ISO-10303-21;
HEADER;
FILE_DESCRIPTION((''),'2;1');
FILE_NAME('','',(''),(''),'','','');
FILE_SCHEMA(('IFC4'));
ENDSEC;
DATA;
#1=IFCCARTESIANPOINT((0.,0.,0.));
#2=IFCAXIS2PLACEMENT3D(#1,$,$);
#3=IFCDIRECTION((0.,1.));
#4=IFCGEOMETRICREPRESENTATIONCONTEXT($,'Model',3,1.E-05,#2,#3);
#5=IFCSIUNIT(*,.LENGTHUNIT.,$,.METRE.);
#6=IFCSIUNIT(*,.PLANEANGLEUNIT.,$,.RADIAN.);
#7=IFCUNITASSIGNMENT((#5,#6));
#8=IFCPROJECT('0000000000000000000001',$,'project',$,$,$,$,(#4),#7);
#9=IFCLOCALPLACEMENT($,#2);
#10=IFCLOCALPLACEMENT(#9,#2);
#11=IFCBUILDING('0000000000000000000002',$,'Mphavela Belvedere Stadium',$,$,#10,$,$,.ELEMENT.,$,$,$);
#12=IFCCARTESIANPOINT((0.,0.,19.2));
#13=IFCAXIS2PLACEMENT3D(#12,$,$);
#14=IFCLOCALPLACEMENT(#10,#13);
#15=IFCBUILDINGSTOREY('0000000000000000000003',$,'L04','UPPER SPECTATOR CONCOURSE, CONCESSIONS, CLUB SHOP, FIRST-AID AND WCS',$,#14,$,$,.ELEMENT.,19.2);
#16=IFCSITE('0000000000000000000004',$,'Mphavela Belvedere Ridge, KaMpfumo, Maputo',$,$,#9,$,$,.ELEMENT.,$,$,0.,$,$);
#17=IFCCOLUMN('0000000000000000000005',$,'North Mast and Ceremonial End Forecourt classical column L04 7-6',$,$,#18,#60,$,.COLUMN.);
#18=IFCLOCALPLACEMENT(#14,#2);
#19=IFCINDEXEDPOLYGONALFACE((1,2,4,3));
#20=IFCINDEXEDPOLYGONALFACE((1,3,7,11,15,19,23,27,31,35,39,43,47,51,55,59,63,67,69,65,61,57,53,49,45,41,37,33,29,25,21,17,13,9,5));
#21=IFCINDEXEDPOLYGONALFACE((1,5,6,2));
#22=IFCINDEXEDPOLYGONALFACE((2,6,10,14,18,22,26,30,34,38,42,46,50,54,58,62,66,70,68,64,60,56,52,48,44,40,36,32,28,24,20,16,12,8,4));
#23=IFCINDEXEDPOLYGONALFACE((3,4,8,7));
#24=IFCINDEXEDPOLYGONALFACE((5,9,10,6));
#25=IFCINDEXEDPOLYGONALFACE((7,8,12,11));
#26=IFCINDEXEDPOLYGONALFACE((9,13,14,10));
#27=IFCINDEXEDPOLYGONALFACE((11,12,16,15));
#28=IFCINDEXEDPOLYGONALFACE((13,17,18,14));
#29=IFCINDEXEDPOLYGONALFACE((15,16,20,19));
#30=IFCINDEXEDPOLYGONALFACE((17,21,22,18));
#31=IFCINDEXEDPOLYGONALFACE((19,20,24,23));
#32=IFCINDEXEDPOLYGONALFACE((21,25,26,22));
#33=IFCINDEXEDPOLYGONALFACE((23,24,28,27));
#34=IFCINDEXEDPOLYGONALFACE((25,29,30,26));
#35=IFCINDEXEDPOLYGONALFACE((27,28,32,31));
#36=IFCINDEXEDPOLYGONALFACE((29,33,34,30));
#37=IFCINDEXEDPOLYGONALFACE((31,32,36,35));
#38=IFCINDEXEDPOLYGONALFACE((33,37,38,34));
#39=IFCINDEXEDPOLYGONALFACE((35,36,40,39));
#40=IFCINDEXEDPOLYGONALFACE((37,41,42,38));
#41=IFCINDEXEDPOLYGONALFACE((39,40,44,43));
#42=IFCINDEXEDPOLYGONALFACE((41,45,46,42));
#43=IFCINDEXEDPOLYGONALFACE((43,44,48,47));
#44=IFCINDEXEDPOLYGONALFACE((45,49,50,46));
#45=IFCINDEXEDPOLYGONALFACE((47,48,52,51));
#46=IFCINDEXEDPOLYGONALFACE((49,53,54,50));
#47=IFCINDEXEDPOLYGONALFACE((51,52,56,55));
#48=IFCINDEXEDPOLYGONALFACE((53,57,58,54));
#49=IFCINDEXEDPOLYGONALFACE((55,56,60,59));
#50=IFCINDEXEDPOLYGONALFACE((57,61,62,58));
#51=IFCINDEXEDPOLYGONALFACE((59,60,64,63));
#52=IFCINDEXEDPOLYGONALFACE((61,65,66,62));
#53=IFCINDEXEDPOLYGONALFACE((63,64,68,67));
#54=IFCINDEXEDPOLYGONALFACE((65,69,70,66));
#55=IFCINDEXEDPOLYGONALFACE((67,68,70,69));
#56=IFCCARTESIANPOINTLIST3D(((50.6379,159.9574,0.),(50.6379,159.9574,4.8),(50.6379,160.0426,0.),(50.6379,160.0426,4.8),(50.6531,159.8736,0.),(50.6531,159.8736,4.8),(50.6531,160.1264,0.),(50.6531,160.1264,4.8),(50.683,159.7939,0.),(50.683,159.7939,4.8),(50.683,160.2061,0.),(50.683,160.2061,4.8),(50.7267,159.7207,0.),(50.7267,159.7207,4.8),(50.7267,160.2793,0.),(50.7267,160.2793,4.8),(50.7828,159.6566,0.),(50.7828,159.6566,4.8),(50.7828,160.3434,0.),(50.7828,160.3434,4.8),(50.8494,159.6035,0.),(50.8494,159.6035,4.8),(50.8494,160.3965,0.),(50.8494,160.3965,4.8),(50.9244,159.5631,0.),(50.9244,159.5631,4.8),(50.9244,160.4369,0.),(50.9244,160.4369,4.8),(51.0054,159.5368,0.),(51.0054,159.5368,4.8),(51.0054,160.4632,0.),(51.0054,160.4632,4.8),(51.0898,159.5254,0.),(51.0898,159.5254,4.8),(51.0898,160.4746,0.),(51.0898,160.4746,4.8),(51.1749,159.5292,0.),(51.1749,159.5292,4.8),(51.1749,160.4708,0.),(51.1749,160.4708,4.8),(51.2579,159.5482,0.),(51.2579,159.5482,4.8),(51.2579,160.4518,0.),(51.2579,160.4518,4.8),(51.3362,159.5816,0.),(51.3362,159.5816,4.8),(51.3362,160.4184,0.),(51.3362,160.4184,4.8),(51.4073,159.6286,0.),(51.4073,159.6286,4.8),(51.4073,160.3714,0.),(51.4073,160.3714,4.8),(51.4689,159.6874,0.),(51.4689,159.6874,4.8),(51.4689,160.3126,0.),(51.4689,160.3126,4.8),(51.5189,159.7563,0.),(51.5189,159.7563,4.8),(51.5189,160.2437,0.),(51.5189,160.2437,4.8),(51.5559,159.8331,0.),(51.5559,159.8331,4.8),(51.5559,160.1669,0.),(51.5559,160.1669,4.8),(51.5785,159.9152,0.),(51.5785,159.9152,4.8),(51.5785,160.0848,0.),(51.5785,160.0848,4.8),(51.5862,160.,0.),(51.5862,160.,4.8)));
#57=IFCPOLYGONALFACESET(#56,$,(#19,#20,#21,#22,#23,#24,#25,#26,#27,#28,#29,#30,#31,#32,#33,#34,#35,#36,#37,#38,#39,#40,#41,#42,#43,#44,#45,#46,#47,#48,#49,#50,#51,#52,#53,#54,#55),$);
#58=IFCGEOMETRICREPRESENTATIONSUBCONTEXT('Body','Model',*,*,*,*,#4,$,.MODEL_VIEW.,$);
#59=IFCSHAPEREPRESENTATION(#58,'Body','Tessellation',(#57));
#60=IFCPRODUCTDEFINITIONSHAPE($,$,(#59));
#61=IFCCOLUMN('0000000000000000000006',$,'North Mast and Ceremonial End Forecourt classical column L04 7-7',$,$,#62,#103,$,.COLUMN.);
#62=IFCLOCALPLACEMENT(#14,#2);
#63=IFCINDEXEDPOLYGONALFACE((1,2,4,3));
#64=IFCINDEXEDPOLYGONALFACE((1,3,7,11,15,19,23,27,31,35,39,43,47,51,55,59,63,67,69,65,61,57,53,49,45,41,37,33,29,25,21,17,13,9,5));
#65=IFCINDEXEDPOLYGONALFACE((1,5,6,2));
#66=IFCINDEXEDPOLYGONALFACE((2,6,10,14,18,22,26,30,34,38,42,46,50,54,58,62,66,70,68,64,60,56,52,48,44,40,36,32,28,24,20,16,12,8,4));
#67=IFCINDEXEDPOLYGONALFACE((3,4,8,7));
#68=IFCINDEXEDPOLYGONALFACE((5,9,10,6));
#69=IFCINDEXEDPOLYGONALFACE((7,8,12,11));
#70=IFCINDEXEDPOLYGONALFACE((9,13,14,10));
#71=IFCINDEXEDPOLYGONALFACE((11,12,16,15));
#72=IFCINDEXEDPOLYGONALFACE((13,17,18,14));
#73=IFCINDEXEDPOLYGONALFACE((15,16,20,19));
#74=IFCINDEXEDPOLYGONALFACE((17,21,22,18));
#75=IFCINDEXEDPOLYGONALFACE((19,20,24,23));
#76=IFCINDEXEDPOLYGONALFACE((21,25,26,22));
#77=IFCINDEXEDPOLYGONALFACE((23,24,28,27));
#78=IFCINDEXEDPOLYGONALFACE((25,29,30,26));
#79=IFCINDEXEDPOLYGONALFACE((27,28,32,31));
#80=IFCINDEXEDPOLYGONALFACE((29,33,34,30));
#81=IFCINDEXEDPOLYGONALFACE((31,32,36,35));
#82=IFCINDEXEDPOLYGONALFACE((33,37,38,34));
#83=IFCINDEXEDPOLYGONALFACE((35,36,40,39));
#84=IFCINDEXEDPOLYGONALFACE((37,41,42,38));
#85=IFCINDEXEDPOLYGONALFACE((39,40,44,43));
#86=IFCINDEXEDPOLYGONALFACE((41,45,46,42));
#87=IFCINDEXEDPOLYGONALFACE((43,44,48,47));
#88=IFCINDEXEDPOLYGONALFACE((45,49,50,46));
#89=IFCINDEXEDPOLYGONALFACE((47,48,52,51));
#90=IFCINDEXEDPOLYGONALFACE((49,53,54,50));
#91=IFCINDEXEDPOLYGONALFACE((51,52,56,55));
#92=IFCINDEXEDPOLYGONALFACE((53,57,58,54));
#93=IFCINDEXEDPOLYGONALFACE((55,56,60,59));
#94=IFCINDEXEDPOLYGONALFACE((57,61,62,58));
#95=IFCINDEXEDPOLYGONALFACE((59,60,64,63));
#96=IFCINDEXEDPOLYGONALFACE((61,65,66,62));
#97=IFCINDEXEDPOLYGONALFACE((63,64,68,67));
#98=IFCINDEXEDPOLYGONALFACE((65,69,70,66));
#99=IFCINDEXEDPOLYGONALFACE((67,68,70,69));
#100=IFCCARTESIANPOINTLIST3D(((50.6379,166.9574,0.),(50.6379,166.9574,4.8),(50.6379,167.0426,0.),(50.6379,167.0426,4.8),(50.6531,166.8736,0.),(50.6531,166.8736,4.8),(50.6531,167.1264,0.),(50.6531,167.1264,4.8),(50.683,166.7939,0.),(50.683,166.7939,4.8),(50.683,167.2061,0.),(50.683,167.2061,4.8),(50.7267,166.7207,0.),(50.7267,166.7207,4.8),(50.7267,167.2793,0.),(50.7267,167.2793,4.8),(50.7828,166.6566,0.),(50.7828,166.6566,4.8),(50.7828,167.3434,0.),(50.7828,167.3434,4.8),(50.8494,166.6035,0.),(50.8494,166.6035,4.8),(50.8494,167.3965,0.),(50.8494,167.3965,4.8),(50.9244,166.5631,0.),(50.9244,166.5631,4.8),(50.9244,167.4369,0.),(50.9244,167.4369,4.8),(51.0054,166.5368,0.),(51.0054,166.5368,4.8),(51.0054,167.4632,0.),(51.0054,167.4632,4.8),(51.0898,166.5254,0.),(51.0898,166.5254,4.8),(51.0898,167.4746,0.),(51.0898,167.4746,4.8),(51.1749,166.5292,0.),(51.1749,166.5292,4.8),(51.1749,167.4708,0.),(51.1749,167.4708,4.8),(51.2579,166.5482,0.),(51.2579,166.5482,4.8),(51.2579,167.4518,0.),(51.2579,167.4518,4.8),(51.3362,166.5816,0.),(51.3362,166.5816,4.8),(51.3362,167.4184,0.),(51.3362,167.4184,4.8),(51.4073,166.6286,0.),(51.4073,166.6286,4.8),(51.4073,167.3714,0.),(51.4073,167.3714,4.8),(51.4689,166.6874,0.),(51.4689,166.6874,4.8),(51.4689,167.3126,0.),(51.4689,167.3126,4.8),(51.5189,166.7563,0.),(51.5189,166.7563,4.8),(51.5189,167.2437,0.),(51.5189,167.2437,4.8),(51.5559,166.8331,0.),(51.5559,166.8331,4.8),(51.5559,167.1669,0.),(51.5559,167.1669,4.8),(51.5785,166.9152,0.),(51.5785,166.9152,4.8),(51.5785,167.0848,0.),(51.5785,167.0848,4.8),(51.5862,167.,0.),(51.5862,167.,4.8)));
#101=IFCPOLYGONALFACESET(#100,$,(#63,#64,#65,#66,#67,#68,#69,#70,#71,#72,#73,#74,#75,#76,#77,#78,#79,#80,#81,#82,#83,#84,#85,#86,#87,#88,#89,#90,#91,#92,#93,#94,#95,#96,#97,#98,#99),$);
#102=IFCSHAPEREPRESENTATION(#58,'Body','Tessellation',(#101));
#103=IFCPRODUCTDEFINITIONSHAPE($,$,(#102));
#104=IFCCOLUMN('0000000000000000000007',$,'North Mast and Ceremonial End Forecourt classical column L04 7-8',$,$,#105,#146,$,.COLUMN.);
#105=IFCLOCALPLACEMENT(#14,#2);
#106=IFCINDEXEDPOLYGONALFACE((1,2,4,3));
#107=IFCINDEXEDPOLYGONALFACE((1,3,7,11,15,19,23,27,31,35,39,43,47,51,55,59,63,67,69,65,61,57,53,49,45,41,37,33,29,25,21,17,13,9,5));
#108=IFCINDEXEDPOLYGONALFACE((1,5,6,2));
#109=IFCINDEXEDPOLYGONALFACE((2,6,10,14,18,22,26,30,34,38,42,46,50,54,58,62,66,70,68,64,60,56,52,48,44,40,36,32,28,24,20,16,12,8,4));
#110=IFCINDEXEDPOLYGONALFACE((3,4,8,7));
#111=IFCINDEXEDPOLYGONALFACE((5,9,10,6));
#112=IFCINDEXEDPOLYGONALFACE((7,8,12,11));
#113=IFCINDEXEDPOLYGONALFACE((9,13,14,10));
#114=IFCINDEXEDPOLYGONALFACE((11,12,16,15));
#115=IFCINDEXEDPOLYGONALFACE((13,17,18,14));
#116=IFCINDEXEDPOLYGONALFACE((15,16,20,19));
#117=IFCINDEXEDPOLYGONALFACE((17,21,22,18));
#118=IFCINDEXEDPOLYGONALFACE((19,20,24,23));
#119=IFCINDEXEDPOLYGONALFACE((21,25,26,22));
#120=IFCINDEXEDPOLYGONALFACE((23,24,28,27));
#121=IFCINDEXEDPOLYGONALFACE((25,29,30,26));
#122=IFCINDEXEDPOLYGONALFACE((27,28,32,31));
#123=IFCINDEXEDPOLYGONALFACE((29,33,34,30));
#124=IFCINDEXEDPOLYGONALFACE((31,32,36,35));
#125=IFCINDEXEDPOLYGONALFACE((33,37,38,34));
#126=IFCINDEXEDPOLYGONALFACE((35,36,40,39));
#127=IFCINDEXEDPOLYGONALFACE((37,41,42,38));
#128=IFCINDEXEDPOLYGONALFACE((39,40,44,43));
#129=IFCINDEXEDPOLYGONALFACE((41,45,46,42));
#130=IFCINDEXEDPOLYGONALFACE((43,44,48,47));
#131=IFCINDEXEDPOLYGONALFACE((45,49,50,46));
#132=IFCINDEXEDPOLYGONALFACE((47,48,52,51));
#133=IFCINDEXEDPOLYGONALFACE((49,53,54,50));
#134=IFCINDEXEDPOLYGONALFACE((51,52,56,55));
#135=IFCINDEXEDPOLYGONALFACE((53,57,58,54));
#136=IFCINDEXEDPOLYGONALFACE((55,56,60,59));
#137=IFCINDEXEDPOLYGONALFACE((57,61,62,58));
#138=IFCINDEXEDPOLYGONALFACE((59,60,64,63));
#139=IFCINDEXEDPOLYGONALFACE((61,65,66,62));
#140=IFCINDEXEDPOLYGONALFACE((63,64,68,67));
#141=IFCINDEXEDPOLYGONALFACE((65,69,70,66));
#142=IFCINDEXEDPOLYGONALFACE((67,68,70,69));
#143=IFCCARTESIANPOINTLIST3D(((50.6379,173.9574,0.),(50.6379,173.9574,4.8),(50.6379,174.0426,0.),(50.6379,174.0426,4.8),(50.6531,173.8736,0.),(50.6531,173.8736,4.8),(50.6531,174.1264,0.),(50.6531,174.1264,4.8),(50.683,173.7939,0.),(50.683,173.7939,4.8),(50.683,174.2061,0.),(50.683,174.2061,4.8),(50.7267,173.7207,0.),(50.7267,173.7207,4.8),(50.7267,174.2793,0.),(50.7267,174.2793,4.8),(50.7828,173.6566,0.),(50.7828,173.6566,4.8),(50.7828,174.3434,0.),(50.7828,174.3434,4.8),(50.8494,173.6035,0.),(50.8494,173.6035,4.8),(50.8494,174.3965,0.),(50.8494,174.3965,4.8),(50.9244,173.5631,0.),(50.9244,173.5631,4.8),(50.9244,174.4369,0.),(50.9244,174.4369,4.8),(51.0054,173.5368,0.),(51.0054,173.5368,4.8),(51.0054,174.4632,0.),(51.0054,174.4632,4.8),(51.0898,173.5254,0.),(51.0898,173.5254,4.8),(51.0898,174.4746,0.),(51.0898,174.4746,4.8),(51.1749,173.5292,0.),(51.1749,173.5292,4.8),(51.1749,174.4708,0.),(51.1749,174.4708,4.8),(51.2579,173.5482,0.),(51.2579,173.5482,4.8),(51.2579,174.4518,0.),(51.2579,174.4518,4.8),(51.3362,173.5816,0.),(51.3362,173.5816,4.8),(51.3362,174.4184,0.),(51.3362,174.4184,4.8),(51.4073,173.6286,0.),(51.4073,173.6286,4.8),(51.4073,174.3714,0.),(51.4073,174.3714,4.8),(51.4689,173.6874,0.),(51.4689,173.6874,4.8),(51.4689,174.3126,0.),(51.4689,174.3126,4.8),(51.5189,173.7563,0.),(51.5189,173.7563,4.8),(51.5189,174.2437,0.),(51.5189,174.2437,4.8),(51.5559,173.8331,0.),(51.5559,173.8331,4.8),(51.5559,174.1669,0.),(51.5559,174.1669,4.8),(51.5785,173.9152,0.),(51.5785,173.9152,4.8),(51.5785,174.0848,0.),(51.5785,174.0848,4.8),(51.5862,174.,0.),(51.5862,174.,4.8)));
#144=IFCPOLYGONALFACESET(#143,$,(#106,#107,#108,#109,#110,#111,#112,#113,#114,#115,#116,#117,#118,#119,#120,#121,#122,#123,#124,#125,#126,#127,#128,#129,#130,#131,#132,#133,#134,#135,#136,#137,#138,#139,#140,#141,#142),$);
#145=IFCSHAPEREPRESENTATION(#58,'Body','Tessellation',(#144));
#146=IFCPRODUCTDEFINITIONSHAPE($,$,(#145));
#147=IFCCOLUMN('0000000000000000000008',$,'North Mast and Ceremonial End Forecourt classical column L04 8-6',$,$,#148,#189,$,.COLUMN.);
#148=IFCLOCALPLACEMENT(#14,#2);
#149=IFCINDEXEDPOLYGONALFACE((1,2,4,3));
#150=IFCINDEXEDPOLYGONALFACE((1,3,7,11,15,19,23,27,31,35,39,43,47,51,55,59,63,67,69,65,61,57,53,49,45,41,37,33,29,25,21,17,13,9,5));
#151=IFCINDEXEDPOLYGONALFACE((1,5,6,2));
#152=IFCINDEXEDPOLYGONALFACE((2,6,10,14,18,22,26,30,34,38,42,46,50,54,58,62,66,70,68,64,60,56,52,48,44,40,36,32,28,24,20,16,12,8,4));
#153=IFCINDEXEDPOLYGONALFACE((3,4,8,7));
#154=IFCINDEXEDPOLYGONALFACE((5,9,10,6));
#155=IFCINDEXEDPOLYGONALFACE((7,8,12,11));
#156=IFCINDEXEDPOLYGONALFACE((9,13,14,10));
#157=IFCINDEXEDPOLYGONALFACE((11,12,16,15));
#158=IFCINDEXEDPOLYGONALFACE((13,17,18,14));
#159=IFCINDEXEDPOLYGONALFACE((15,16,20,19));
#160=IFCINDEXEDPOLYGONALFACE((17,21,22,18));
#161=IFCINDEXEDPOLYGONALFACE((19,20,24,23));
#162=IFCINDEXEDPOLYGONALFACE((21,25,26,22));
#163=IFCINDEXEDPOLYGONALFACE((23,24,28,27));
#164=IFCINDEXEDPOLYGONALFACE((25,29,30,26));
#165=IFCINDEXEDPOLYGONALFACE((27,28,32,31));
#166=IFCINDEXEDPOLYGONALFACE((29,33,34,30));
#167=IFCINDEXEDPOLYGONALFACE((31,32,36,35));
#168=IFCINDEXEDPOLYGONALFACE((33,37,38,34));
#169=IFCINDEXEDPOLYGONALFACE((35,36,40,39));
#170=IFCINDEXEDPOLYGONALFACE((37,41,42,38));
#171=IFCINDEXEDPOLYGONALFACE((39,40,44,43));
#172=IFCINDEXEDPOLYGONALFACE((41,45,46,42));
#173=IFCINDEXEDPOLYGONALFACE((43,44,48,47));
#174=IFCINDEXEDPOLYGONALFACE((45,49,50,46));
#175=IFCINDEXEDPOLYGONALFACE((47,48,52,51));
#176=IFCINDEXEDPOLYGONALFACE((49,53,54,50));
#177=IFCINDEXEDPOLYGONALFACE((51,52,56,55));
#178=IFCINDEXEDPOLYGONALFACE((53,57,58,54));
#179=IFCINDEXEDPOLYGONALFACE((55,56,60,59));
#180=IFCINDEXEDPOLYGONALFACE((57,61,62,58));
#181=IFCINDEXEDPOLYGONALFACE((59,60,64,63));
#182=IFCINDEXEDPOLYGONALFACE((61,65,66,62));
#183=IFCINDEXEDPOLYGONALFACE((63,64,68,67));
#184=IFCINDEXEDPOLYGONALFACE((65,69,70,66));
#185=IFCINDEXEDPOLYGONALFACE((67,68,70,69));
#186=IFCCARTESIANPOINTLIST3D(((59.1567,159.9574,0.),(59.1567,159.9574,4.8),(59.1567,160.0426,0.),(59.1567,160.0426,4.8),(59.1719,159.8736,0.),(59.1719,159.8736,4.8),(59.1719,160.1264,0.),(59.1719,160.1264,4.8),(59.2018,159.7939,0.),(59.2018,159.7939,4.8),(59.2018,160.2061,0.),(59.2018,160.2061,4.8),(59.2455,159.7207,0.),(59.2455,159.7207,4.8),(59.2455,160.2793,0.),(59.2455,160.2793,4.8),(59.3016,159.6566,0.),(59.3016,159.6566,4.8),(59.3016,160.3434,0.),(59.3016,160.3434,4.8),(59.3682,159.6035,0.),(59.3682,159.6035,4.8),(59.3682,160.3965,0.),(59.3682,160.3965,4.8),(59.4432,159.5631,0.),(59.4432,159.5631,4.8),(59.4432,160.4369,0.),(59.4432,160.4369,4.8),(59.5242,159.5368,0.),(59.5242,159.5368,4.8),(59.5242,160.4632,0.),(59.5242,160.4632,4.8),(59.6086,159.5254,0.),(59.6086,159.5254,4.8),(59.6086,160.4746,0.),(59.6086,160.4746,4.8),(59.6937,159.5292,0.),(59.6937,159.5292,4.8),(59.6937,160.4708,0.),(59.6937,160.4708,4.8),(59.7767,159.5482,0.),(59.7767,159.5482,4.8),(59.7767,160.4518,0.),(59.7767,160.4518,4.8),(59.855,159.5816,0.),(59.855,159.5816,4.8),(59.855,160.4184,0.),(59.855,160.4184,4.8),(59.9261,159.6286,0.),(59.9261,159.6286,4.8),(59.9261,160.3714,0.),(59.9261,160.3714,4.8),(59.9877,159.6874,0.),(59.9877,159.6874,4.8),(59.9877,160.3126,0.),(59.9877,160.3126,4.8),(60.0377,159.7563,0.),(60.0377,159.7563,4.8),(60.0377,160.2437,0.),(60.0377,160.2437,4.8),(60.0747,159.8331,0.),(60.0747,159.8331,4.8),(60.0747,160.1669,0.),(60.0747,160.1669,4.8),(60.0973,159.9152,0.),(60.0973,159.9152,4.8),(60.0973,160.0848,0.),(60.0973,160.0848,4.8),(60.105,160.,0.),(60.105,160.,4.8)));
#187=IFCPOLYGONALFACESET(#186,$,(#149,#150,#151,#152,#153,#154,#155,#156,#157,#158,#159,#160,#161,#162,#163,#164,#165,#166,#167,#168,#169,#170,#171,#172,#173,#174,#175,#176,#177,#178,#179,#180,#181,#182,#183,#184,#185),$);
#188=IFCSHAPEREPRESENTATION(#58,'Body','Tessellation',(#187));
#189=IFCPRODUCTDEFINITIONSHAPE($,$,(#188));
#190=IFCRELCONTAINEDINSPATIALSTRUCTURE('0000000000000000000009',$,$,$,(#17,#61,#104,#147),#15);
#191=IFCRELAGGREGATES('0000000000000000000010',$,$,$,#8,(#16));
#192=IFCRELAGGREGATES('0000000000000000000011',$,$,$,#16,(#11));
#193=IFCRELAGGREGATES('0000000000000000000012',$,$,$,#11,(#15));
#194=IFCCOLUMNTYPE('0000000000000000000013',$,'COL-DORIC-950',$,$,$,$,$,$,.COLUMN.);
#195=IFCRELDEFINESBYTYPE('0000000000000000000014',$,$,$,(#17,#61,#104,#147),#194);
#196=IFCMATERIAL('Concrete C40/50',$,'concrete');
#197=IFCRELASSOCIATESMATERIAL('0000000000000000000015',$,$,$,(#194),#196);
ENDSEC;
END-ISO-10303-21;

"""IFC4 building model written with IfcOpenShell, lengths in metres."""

from ifc_helpers import new_model, si_unit, direction, frame, origin, origin_2d, place, context, subcontext, project, spatial, circle, extrude, material, material_profile, profile_set, type_object, element, save


model = new_model("IFC4")

# Units and contexts
model_context = context("Model", 3, precision=1e-05, world=origin(), true_north=direction((0.0, 1.0)))
body_context = subcontext(model_context, "Body", "Model", "MODEL_VIEW")
ifc_project = project(units=[si_unit("LENGTHUNIT", "METRE"), si_unit("PLANEANGLEUNIT", "RADIAN")], contexts=[model_context])

# Site, building, storey
site_placement = place(None, origin())
site = spatial("IfcSite", under=ifc_project, at=site_placement, Name="Mphavela Belvedere Ridge, KaMpfumo, Maputo", CompositionType="ELEMENT", RefElevation=0.0)
building_placement = place(site_placement, origin())
building = spatial("IfcBuilding", under=site, at=building_placement, Name="Mphavela Belvedere Stadium", CompositionType="ELEMENT")
storey_placement = place(building_placement, frame((0.0, 0.0, 19.2)))
storey = spatial("IfcBuildingStorey", under=building, at=storey_placement, Name="L04", Description="UPPER SPECTATOR CONCOURSE, CONCESSIONS, CLUB SHOP, FIRST-AID AND WCS", CompositionType="ELEMENT", Elevation=19.2)

# Columns
ifc_material_1 = material(Name="Concrete C40/50", Category="concrete")
ifc_material_profile_1 = material_profile(ifc_material_1, circle(Radius=0.4751, at=origin_2d()), Name="COL D950")
ifc_profile_set_1 = profile_set([ifc_material_profile_1], Name="Concrete C40/50")
column_type = type_object("IfcColumnType", Name="COL-DORIC-950", PredefinedType="COLUMN", material=ifc_profile_set_1)
for number, where, z_axis, x_axis, name in (
    (1, (51.1111, 160.0, 0.0), (0.0, 0.0, 1.0), (1.0, 0.0, 0.0), "North Mast and Ceremonial End Forecourt classical column L04 7-6"),
    (2, (51.1111, 167.0, 0.0), (0.0, 0.0, 1.0), (1.0, 0.0, 0.0), "North Mast and Ceremonial End Forecourt classical column L04 7-7"),
    (3, (51.1111, 174.0, 0.0), (0.0, 0.0, 1.0), (1.0, 0.0, 0.0), "North Mast and Ceremonial End Forecourt classical column L04 7-8"),
    (4, (59.6299, 160.0, 0.0), (0.0, 0.0, 1.0), (1.0, 0.0, 0.0), "North Mast and Ceremonial End Forecourt classical column L04 8-6"),
):
    element("IfcColumn", number, at=place(storey_placement, frame(where, z_axis=z_axis, x_axis=x_axis)), inside=storey, type_object=column_type, Name=name, PredefinedType="COLUMN", context=body_context, shape_type="SweptSolid", body=[
        extrude(circle(Radius=0.4751, at=origin_2d()), origin(), (0.0, 0.0, 1.0), 4.8),
    ])

save(model, "model.ifc")
